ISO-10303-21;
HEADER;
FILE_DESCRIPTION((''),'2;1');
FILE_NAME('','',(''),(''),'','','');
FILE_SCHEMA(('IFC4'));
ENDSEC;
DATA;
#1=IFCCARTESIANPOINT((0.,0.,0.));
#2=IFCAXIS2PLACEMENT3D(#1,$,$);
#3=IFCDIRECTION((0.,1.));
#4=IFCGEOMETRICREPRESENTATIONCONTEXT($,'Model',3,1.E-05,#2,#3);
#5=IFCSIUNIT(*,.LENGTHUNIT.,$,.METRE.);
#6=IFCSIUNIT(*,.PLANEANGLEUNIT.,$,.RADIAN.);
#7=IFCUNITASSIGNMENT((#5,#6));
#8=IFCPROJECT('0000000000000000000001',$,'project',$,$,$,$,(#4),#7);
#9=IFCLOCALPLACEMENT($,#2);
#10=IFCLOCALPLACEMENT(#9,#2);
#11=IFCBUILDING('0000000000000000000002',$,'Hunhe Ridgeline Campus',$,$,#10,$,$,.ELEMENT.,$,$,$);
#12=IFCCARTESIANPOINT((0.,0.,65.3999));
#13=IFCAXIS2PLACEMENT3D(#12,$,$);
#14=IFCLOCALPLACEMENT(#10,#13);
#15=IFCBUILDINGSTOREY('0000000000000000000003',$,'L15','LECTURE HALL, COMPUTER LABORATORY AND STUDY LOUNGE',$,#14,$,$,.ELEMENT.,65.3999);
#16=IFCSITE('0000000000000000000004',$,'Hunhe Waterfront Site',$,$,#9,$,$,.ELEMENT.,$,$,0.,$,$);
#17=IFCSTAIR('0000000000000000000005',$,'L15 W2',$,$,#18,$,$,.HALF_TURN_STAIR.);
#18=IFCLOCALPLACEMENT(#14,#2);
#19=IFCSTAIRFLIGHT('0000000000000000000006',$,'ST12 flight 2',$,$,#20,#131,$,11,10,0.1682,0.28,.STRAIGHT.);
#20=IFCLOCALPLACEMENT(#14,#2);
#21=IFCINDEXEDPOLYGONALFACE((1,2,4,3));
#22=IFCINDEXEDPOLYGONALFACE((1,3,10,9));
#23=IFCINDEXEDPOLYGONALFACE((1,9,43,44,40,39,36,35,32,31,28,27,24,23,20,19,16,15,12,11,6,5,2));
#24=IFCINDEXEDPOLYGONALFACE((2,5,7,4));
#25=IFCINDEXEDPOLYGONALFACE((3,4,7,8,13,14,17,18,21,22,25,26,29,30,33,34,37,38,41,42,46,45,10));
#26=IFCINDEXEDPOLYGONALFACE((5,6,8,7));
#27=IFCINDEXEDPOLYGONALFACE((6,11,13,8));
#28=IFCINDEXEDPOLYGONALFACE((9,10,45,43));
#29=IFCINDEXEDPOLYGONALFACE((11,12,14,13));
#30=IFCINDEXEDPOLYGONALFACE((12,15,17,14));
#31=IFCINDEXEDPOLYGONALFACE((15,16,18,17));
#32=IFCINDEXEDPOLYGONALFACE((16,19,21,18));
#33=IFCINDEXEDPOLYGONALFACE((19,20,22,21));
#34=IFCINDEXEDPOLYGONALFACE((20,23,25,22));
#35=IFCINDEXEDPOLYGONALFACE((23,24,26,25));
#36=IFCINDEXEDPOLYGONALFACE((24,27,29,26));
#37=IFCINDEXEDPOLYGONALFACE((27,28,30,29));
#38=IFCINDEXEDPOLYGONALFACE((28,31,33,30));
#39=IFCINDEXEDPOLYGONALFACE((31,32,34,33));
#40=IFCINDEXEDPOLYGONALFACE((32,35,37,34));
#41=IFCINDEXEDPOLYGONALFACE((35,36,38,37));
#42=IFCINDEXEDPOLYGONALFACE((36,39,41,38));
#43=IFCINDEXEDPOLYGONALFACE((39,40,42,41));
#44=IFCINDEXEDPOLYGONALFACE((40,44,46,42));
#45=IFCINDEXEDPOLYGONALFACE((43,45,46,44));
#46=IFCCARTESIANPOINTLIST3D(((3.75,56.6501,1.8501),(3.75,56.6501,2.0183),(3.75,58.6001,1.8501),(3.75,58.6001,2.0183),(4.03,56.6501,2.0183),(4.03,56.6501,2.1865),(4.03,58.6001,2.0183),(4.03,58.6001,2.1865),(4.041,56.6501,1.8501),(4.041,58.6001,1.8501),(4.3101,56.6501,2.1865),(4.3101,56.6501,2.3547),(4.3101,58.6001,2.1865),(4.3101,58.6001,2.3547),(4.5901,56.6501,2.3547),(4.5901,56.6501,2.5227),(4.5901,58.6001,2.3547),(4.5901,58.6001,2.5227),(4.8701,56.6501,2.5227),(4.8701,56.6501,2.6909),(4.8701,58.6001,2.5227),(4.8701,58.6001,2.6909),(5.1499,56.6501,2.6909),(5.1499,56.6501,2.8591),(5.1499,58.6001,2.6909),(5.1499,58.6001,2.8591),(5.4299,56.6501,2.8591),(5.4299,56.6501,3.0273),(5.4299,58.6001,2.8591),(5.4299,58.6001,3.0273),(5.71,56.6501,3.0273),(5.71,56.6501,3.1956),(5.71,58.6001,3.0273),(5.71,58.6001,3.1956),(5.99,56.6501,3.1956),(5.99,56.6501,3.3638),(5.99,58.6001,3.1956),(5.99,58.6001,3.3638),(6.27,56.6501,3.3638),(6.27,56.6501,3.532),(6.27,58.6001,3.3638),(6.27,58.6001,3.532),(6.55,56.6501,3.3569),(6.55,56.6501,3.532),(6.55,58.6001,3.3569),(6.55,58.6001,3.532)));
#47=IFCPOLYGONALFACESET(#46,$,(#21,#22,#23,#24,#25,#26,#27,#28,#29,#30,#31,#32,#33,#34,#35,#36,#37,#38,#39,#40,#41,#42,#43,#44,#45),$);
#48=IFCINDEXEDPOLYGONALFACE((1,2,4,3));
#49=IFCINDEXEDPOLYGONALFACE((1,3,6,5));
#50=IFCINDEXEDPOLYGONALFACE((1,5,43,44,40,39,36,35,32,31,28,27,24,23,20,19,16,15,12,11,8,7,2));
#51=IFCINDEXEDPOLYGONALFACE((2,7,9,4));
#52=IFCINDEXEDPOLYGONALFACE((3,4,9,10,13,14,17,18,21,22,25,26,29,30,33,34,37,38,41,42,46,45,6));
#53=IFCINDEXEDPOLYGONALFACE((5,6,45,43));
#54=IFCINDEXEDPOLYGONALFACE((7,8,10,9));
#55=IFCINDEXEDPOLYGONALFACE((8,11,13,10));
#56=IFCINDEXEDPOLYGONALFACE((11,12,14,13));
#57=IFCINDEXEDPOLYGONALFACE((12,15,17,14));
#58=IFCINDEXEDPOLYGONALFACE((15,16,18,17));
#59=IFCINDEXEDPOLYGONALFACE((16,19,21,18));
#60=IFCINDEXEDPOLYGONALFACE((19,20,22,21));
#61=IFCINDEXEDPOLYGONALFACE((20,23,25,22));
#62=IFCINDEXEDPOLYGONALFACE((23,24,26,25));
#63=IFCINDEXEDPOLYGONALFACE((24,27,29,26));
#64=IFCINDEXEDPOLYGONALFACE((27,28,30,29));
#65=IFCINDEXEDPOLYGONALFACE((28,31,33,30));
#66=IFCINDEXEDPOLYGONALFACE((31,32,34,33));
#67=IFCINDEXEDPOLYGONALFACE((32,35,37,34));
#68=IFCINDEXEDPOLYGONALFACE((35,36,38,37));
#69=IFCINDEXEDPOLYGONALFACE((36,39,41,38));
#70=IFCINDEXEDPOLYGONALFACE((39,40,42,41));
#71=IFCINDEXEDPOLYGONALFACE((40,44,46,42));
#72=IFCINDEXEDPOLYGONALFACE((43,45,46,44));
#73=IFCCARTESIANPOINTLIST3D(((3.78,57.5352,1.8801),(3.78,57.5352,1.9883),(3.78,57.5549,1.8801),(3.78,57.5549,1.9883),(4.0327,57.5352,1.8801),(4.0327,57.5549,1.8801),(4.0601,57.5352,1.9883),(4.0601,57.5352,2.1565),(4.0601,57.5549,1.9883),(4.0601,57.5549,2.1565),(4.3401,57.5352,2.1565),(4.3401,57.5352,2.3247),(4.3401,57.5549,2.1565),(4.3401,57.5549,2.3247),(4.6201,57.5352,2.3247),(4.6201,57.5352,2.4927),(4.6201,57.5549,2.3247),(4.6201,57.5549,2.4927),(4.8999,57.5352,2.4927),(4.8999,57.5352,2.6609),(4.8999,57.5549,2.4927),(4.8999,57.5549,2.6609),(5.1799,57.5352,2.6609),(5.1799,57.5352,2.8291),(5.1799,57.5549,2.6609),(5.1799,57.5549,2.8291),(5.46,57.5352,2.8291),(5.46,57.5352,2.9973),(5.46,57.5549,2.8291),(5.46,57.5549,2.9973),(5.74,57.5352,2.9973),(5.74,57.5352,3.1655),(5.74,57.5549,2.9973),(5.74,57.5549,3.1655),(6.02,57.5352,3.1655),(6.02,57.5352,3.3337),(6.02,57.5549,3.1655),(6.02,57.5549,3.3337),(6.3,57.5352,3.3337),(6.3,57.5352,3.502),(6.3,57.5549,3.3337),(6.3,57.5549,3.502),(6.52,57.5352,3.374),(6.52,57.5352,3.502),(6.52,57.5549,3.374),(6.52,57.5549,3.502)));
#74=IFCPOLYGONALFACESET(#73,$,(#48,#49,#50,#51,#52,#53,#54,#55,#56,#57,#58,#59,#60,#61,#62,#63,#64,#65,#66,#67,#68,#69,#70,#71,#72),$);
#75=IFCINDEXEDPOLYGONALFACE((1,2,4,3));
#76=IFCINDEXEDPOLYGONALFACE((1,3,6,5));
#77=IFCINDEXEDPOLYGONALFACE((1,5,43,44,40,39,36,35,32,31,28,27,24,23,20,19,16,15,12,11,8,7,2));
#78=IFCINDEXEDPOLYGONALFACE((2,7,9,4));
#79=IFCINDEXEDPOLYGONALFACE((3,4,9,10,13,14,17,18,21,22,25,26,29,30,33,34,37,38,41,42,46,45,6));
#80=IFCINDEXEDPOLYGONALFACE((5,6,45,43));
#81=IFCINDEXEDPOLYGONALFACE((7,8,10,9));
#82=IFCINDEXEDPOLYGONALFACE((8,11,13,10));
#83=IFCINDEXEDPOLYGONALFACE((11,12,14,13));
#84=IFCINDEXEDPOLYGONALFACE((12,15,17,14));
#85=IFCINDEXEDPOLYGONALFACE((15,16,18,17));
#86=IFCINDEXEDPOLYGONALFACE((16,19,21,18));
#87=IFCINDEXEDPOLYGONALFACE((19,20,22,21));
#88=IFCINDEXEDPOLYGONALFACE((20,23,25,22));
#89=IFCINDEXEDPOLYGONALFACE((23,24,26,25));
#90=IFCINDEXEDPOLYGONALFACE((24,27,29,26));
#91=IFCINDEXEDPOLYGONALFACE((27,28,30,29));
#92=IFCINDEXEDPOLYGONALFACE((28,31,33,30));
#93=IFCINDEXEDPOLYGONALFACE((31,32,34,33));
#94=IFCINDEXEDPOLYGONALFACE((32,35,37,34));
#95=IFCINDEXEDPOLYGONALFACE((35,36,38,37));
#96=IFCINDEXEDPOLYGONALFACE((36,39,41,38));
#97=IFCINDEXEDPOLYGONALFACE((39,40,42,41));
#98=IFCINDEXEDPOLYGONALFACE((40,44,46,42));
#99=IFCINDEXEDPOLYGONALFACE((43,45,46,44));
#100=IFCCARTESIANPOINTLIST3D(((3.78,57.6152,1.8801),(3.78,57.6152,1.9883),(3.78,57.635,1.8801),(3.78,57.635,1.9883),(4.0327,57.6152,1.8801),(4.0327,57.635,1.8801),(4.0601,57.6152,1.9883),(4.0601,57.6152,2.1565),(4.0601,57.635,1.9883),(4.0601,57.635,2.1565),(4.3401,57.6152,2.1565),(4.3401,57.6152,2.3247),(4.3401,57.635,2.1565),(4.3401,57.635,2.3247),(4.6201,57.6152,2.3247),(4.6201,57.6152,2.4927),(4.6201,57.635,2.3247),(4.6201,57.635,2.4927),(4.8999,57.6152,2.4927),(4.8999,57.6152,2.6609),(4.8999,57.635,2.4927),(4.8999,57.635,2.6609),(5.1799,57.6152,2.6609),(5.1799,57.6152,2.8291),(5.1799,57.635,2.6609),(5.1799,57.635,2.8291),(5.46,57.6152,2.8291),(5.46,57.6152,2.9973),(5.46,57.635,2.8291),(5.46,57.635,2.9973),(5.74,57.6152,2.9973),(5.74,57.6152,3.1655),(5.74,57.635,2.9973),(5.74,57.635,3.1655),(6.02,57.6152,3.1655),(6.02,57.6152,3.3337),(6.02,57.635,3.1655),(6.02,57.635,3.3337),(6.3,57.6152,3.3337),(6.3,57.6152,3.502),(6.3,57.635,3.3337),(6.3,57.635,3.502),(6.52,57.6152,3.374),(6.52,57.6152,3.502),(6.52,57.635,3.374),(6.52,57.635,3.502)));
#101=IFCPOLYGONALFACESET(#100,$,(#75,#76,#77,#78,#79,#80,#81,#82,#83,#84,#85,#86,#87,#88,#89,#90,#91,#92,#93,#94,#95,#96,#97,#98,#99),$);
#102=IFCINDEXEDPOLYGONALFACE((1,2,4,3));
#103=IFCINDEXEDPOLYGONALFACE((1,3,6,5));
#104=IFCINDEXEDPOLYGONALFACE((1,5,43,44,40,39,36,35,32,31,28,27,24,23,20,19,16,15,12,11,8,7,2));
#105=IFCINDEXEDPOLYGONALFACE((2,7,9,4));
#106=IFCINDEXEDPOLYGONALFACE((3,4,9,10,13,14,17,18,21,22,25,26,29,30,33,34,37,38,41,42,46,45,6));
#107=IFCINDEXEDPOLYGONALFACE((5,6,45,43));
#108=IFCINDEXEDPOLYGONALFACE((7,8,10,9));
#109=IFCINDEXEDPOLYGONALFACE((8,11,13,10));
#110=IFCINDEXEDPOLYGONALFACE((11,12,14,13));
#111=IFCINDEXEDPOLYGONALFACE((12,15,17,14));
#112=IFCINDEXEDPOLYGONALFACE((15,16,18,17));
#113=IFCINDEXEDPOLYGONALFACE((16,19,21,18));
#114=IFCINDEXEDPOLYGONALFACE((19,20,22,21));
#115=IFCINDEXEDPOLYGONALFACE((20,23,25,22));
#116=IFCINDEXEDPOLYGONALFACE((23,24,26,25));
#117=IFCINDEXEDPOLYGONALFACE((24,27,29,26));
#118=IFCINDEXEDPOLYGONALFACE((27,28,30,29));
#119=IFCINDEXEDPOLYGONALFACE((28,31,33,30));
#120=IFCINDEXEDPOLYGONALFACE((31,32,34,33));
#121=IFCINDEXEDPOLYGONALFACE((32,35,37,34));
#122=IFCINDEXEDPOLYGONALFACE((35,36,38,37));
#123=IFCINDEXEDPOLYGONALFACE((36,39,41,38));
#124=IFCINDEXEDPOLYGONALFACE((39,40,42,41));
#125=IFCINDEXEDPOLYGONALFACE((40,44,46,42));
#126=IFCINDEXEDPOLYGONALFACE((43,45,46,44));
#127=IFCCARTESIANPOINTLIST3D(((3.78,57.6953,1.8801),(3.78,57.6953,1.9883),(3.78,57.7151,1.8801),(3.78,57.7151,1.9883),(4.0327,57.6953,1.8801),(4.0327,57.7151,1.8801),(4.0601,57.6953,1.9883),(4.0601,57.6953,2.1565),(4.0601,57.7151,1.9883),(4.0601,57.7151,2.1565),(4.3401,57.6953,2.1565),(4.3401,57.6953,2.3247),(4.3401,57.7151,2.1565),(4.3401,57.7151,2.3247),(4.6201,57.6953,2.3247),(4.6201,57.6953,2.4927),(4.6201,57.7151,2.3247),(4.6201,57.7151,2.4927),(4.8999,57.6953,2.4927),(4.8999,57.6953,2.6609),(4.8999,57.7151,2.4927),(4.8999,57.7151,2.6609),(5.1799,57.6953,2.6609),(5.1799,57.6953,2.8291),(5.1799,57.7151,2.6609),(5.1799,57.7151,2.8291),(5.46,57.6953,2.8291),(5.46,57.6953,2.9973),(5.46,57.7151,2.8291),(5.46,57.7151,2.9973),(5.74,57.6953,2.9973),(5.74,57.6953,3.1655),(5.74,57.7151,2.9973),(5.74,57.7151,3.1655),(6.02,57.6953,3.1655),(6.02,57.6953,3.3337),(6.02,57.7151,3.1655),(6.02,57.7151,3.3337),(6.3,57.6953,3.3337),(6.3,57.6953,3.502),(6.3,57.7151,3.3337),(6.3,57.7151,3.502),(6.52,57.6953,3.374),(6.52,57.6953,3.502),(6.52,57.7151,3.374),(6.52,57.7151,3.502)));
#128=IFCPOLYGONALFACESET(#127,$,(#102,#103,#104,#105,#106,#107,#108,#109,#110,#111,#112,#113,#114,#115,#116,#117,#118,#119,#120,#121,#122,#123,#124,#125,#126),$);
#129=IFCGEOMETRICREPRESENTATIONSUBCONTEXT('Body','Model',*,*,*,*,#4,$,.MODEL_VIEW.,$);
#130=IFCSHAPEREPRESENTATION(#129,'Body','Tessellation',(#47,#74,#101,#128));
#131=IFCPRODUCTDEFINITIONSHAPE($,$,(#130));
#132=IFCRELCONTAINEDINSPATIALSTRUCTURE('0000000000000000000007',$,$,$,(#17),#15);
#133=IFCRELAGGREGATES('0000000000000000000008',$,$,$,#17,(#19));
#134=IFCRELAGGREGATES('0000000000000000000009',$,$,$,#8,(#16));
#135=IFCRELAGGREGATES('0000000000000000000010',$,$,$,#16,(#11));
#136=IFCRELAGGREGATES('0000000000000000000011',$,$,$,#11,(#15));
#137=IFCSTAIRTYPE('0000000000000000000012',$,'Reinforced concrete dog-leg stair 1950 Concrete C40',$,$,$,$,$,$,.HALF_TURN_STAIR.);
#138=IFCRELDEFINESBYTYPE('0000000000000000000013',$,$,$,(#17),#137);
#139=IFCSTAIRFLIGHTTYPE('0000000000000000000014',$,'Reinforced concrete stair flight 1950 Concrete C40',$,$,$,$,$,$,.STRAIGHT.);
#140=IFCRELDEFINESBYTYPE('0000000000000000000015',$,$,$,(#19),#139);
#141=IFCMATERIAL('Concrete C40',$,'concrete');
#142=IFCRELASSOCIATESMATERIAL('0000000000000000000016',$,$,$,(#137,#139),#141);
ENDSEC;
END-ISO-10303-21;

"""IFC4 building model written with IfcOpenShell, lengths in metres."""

from ifc_helpers import new_model, si_unit, direction, frame, origin, place, context, subcontext, project, spatial, polyline, outline, extrude, material, type_object, element, aggregate, save


model = new_model("IFC4")

# Units and contexts
model_context = context("Model", 3, precision=1e-05, world=origin(), true_north=direction((0.0, 1.0)))
body_context = subcontext(model_context, "Body", "Model", "MODEL_VIEW")
ifc_project = project(units=[si_unit("LENGTHUNIT", "METRE"), si_unit("PLANEANGLEUNIT", "RADIAN")], contexts=[model_context])

# Site, building, storey
site_placement = place(None, origin())
site = spatial("IfcSite", under=ifc_project, at=site_placement, Name="Hunhe Waterfront Site", CompositionType="ELEMENT", RefElevation=0.0)
building_placement = place(site_placement, origin())
building = spatial("IfcBuilding", under=site, at=building_placement, Name="Hunhe Ridgeline Campus", CompositionType="ELEMENT")
storey_placement = place(building_placement, frame((0.0, 0.0, 65.3999)))
storey = spatial("IfcBuildingStorey", under=building, at=storey_placement, Name="L15", Description="LECTURE HALL, COMPUTER LABORATORY AND STUDY LOUNGE", CompositionType="ELEMENT", Elevation=65.3999)

# Stair, stair flight
ifc_material_1 = material(Name="Concrete C40", Category="concrete")
stair_type = type_object("IfcStairType", Name="Reinforced concrete dog-leg stair 1950 Concrete C40", PredefinedType="HALF_TURN_STAIR", material=ifc_material_1)
stair_placement = place(storey_placement, origin())
stair = element("IfcStair", 1, at=stair_placement, inside=storey, type_object=stair_type, Name="L15 W2", PredefinedType="HALF_TURN_STAIR")
stair_flight_type = type_object("IfcStairFlightType", Name="Reinforced concrete stair flight 1950 Concrete C40", PredefinedType="STRAIGHT", material=ifc_material_1)
stair_flight_1_placement = place(storey_placement, frame((3.75, 57.625, 1.8501), z_axis=(0.0, 0.0, 1.0), x_axis=(1.0, 0.0, 0.0)))
stair_flight_1 = element("IfcStairFlight", 2, at=stair_flight_1_placement, type_object=stair_flight_type, Name="ST12 flight 2", NumberOfRisers=11, NumberOfTreads=10, PredefinedType="STRAIGHT", RiserHeight=0.1682, TreadLength=0.28, context=body_context, shape_type="SweptSolid", body=[
    extrude(outline(polyline([(0.0, 0.0), (0.0, 0.1682), (0.28, 0.1682), (0.28, 0.3364), (0.5601, 0.3364), (0.5601, 0.5046), (0.8401, 0.5046), (0.8401, 0.6726), (1.1201, 0.6726), (1.1201, 0.8408), (1.3999, 0.8408), (1.3999, 1.009), (1.6799, 1.009), (1.6799, 1.1772), (1.96, 1.1772), (1.96, 1.3455), (2.24, 1.3455), (2.24, 1.5137), (2.52, 1.5137), (2.52, 1.6819), (2.8, 1.6819), (2.8, 1.8501), (2.8, 1.5068), (0.291, 0.0), (0.0, 0.0)])), frame((0.0, 0.9751, 0.0), z_axis=(0.0, -1.0, 0.0), x_axis=(1.0, 0.0, 0.0)), (0.0, 0.0, 1.0), 1.95),
    extrude(outline(polyline([(0.03, 0.03), (0.03, 0.1382), (0.3101, 0.1382), (0.3101, 0.3064), (0.5901, 0.3064), (0.5901, 0.4746), (0.8701, 0.4746), (0.8701, 0.6426), (1.1499, 0.6426), (1.1499, 0.8108), (1.4299, 0.8108), (1.4299, 0.979), (1.71, 0.979), (1.71, 1.1472), (1.99, 1.1472), (1.99, 1.3154), (2.27, 1.3154), (2.27, 1.4836), (2.55, 1.4836), (2.55, 1.6519), (2.77, 1.6519), (2.77, 1.5239), (0.2827, 0.03), (0.03, 0.03)])), frame((0.0, -0.0701, 0.0), z_axis=(0.0, -1.0, 0.0), x_axis=(1.0, 0.0, 0.0)), (0.0, 0.0, 1.0), 0.0198),
    extrude(outline(polyline([(0.03, 0.03), (0.03, 0.1382), (0.3101, 0.1382), (0.3101, 0.3064), (0.5901, 0.3064), (0.5901, 0.4746), (0.8701, 0.4746), (0.8701, 0.6426), (1.1499, 0.6426), (1.1499, 0.8108), (1.4299, 0.8108), (1.4299, 0.979), (1.71, 0.979), (1.71, 1.1472), (1.99, 1.1472), (1.99, 1.3154), (2.27, 1.3154), (2.27, 1.4836), (2.55, 1.4836), (2.55, 1.6519), (2.77, 1.6519), (2.77, 1.5239), (0.2827, 0.03), (0.03, 0.03)])), frame((0.0, 0.01, 0.0), z_axis=(0.0, -1.0, 0.0), x_axis=(1.0, 0.0, 0.0)), (0.0, 0.0, 1.0), 0.0198),
    extrude(outline(polyline([(0.03, 0.03), (0.03, 0.1382), (0.3101, 0.1382), (0.3101, 0.3064), (0.5901, 0.3064), (0.5901, 0.4746), (0.8701, 0.4746), (0.8701, 0.6426), (1.1499, 0.6426), (1.1499, 0.8108), (1.4299, 0.8108), (1.4299, 0.979), (1.71, 0.979), (1.71, 1.1472), (1.99, 1.1472), (1.99, 1.3154), (2.27, 1.3154), (2.27, 1.4836), (2.55, 1.4836), (2.55, 1.6519), (2.77, 1.6519), (2.77, 1.5239), (0.2827, 0.03), (0.03, 0.03)])), frame((0.0, 0.0901, 0.0), z_axis=(0.0, -1.0, 0.0), x_axis=(1.0, 0.0, 0.0)), (0.0, 0.0, 1.0), 0.0198),
])
aggregate(stair, [stair_flight_1])

save(model, "model.ifc")
